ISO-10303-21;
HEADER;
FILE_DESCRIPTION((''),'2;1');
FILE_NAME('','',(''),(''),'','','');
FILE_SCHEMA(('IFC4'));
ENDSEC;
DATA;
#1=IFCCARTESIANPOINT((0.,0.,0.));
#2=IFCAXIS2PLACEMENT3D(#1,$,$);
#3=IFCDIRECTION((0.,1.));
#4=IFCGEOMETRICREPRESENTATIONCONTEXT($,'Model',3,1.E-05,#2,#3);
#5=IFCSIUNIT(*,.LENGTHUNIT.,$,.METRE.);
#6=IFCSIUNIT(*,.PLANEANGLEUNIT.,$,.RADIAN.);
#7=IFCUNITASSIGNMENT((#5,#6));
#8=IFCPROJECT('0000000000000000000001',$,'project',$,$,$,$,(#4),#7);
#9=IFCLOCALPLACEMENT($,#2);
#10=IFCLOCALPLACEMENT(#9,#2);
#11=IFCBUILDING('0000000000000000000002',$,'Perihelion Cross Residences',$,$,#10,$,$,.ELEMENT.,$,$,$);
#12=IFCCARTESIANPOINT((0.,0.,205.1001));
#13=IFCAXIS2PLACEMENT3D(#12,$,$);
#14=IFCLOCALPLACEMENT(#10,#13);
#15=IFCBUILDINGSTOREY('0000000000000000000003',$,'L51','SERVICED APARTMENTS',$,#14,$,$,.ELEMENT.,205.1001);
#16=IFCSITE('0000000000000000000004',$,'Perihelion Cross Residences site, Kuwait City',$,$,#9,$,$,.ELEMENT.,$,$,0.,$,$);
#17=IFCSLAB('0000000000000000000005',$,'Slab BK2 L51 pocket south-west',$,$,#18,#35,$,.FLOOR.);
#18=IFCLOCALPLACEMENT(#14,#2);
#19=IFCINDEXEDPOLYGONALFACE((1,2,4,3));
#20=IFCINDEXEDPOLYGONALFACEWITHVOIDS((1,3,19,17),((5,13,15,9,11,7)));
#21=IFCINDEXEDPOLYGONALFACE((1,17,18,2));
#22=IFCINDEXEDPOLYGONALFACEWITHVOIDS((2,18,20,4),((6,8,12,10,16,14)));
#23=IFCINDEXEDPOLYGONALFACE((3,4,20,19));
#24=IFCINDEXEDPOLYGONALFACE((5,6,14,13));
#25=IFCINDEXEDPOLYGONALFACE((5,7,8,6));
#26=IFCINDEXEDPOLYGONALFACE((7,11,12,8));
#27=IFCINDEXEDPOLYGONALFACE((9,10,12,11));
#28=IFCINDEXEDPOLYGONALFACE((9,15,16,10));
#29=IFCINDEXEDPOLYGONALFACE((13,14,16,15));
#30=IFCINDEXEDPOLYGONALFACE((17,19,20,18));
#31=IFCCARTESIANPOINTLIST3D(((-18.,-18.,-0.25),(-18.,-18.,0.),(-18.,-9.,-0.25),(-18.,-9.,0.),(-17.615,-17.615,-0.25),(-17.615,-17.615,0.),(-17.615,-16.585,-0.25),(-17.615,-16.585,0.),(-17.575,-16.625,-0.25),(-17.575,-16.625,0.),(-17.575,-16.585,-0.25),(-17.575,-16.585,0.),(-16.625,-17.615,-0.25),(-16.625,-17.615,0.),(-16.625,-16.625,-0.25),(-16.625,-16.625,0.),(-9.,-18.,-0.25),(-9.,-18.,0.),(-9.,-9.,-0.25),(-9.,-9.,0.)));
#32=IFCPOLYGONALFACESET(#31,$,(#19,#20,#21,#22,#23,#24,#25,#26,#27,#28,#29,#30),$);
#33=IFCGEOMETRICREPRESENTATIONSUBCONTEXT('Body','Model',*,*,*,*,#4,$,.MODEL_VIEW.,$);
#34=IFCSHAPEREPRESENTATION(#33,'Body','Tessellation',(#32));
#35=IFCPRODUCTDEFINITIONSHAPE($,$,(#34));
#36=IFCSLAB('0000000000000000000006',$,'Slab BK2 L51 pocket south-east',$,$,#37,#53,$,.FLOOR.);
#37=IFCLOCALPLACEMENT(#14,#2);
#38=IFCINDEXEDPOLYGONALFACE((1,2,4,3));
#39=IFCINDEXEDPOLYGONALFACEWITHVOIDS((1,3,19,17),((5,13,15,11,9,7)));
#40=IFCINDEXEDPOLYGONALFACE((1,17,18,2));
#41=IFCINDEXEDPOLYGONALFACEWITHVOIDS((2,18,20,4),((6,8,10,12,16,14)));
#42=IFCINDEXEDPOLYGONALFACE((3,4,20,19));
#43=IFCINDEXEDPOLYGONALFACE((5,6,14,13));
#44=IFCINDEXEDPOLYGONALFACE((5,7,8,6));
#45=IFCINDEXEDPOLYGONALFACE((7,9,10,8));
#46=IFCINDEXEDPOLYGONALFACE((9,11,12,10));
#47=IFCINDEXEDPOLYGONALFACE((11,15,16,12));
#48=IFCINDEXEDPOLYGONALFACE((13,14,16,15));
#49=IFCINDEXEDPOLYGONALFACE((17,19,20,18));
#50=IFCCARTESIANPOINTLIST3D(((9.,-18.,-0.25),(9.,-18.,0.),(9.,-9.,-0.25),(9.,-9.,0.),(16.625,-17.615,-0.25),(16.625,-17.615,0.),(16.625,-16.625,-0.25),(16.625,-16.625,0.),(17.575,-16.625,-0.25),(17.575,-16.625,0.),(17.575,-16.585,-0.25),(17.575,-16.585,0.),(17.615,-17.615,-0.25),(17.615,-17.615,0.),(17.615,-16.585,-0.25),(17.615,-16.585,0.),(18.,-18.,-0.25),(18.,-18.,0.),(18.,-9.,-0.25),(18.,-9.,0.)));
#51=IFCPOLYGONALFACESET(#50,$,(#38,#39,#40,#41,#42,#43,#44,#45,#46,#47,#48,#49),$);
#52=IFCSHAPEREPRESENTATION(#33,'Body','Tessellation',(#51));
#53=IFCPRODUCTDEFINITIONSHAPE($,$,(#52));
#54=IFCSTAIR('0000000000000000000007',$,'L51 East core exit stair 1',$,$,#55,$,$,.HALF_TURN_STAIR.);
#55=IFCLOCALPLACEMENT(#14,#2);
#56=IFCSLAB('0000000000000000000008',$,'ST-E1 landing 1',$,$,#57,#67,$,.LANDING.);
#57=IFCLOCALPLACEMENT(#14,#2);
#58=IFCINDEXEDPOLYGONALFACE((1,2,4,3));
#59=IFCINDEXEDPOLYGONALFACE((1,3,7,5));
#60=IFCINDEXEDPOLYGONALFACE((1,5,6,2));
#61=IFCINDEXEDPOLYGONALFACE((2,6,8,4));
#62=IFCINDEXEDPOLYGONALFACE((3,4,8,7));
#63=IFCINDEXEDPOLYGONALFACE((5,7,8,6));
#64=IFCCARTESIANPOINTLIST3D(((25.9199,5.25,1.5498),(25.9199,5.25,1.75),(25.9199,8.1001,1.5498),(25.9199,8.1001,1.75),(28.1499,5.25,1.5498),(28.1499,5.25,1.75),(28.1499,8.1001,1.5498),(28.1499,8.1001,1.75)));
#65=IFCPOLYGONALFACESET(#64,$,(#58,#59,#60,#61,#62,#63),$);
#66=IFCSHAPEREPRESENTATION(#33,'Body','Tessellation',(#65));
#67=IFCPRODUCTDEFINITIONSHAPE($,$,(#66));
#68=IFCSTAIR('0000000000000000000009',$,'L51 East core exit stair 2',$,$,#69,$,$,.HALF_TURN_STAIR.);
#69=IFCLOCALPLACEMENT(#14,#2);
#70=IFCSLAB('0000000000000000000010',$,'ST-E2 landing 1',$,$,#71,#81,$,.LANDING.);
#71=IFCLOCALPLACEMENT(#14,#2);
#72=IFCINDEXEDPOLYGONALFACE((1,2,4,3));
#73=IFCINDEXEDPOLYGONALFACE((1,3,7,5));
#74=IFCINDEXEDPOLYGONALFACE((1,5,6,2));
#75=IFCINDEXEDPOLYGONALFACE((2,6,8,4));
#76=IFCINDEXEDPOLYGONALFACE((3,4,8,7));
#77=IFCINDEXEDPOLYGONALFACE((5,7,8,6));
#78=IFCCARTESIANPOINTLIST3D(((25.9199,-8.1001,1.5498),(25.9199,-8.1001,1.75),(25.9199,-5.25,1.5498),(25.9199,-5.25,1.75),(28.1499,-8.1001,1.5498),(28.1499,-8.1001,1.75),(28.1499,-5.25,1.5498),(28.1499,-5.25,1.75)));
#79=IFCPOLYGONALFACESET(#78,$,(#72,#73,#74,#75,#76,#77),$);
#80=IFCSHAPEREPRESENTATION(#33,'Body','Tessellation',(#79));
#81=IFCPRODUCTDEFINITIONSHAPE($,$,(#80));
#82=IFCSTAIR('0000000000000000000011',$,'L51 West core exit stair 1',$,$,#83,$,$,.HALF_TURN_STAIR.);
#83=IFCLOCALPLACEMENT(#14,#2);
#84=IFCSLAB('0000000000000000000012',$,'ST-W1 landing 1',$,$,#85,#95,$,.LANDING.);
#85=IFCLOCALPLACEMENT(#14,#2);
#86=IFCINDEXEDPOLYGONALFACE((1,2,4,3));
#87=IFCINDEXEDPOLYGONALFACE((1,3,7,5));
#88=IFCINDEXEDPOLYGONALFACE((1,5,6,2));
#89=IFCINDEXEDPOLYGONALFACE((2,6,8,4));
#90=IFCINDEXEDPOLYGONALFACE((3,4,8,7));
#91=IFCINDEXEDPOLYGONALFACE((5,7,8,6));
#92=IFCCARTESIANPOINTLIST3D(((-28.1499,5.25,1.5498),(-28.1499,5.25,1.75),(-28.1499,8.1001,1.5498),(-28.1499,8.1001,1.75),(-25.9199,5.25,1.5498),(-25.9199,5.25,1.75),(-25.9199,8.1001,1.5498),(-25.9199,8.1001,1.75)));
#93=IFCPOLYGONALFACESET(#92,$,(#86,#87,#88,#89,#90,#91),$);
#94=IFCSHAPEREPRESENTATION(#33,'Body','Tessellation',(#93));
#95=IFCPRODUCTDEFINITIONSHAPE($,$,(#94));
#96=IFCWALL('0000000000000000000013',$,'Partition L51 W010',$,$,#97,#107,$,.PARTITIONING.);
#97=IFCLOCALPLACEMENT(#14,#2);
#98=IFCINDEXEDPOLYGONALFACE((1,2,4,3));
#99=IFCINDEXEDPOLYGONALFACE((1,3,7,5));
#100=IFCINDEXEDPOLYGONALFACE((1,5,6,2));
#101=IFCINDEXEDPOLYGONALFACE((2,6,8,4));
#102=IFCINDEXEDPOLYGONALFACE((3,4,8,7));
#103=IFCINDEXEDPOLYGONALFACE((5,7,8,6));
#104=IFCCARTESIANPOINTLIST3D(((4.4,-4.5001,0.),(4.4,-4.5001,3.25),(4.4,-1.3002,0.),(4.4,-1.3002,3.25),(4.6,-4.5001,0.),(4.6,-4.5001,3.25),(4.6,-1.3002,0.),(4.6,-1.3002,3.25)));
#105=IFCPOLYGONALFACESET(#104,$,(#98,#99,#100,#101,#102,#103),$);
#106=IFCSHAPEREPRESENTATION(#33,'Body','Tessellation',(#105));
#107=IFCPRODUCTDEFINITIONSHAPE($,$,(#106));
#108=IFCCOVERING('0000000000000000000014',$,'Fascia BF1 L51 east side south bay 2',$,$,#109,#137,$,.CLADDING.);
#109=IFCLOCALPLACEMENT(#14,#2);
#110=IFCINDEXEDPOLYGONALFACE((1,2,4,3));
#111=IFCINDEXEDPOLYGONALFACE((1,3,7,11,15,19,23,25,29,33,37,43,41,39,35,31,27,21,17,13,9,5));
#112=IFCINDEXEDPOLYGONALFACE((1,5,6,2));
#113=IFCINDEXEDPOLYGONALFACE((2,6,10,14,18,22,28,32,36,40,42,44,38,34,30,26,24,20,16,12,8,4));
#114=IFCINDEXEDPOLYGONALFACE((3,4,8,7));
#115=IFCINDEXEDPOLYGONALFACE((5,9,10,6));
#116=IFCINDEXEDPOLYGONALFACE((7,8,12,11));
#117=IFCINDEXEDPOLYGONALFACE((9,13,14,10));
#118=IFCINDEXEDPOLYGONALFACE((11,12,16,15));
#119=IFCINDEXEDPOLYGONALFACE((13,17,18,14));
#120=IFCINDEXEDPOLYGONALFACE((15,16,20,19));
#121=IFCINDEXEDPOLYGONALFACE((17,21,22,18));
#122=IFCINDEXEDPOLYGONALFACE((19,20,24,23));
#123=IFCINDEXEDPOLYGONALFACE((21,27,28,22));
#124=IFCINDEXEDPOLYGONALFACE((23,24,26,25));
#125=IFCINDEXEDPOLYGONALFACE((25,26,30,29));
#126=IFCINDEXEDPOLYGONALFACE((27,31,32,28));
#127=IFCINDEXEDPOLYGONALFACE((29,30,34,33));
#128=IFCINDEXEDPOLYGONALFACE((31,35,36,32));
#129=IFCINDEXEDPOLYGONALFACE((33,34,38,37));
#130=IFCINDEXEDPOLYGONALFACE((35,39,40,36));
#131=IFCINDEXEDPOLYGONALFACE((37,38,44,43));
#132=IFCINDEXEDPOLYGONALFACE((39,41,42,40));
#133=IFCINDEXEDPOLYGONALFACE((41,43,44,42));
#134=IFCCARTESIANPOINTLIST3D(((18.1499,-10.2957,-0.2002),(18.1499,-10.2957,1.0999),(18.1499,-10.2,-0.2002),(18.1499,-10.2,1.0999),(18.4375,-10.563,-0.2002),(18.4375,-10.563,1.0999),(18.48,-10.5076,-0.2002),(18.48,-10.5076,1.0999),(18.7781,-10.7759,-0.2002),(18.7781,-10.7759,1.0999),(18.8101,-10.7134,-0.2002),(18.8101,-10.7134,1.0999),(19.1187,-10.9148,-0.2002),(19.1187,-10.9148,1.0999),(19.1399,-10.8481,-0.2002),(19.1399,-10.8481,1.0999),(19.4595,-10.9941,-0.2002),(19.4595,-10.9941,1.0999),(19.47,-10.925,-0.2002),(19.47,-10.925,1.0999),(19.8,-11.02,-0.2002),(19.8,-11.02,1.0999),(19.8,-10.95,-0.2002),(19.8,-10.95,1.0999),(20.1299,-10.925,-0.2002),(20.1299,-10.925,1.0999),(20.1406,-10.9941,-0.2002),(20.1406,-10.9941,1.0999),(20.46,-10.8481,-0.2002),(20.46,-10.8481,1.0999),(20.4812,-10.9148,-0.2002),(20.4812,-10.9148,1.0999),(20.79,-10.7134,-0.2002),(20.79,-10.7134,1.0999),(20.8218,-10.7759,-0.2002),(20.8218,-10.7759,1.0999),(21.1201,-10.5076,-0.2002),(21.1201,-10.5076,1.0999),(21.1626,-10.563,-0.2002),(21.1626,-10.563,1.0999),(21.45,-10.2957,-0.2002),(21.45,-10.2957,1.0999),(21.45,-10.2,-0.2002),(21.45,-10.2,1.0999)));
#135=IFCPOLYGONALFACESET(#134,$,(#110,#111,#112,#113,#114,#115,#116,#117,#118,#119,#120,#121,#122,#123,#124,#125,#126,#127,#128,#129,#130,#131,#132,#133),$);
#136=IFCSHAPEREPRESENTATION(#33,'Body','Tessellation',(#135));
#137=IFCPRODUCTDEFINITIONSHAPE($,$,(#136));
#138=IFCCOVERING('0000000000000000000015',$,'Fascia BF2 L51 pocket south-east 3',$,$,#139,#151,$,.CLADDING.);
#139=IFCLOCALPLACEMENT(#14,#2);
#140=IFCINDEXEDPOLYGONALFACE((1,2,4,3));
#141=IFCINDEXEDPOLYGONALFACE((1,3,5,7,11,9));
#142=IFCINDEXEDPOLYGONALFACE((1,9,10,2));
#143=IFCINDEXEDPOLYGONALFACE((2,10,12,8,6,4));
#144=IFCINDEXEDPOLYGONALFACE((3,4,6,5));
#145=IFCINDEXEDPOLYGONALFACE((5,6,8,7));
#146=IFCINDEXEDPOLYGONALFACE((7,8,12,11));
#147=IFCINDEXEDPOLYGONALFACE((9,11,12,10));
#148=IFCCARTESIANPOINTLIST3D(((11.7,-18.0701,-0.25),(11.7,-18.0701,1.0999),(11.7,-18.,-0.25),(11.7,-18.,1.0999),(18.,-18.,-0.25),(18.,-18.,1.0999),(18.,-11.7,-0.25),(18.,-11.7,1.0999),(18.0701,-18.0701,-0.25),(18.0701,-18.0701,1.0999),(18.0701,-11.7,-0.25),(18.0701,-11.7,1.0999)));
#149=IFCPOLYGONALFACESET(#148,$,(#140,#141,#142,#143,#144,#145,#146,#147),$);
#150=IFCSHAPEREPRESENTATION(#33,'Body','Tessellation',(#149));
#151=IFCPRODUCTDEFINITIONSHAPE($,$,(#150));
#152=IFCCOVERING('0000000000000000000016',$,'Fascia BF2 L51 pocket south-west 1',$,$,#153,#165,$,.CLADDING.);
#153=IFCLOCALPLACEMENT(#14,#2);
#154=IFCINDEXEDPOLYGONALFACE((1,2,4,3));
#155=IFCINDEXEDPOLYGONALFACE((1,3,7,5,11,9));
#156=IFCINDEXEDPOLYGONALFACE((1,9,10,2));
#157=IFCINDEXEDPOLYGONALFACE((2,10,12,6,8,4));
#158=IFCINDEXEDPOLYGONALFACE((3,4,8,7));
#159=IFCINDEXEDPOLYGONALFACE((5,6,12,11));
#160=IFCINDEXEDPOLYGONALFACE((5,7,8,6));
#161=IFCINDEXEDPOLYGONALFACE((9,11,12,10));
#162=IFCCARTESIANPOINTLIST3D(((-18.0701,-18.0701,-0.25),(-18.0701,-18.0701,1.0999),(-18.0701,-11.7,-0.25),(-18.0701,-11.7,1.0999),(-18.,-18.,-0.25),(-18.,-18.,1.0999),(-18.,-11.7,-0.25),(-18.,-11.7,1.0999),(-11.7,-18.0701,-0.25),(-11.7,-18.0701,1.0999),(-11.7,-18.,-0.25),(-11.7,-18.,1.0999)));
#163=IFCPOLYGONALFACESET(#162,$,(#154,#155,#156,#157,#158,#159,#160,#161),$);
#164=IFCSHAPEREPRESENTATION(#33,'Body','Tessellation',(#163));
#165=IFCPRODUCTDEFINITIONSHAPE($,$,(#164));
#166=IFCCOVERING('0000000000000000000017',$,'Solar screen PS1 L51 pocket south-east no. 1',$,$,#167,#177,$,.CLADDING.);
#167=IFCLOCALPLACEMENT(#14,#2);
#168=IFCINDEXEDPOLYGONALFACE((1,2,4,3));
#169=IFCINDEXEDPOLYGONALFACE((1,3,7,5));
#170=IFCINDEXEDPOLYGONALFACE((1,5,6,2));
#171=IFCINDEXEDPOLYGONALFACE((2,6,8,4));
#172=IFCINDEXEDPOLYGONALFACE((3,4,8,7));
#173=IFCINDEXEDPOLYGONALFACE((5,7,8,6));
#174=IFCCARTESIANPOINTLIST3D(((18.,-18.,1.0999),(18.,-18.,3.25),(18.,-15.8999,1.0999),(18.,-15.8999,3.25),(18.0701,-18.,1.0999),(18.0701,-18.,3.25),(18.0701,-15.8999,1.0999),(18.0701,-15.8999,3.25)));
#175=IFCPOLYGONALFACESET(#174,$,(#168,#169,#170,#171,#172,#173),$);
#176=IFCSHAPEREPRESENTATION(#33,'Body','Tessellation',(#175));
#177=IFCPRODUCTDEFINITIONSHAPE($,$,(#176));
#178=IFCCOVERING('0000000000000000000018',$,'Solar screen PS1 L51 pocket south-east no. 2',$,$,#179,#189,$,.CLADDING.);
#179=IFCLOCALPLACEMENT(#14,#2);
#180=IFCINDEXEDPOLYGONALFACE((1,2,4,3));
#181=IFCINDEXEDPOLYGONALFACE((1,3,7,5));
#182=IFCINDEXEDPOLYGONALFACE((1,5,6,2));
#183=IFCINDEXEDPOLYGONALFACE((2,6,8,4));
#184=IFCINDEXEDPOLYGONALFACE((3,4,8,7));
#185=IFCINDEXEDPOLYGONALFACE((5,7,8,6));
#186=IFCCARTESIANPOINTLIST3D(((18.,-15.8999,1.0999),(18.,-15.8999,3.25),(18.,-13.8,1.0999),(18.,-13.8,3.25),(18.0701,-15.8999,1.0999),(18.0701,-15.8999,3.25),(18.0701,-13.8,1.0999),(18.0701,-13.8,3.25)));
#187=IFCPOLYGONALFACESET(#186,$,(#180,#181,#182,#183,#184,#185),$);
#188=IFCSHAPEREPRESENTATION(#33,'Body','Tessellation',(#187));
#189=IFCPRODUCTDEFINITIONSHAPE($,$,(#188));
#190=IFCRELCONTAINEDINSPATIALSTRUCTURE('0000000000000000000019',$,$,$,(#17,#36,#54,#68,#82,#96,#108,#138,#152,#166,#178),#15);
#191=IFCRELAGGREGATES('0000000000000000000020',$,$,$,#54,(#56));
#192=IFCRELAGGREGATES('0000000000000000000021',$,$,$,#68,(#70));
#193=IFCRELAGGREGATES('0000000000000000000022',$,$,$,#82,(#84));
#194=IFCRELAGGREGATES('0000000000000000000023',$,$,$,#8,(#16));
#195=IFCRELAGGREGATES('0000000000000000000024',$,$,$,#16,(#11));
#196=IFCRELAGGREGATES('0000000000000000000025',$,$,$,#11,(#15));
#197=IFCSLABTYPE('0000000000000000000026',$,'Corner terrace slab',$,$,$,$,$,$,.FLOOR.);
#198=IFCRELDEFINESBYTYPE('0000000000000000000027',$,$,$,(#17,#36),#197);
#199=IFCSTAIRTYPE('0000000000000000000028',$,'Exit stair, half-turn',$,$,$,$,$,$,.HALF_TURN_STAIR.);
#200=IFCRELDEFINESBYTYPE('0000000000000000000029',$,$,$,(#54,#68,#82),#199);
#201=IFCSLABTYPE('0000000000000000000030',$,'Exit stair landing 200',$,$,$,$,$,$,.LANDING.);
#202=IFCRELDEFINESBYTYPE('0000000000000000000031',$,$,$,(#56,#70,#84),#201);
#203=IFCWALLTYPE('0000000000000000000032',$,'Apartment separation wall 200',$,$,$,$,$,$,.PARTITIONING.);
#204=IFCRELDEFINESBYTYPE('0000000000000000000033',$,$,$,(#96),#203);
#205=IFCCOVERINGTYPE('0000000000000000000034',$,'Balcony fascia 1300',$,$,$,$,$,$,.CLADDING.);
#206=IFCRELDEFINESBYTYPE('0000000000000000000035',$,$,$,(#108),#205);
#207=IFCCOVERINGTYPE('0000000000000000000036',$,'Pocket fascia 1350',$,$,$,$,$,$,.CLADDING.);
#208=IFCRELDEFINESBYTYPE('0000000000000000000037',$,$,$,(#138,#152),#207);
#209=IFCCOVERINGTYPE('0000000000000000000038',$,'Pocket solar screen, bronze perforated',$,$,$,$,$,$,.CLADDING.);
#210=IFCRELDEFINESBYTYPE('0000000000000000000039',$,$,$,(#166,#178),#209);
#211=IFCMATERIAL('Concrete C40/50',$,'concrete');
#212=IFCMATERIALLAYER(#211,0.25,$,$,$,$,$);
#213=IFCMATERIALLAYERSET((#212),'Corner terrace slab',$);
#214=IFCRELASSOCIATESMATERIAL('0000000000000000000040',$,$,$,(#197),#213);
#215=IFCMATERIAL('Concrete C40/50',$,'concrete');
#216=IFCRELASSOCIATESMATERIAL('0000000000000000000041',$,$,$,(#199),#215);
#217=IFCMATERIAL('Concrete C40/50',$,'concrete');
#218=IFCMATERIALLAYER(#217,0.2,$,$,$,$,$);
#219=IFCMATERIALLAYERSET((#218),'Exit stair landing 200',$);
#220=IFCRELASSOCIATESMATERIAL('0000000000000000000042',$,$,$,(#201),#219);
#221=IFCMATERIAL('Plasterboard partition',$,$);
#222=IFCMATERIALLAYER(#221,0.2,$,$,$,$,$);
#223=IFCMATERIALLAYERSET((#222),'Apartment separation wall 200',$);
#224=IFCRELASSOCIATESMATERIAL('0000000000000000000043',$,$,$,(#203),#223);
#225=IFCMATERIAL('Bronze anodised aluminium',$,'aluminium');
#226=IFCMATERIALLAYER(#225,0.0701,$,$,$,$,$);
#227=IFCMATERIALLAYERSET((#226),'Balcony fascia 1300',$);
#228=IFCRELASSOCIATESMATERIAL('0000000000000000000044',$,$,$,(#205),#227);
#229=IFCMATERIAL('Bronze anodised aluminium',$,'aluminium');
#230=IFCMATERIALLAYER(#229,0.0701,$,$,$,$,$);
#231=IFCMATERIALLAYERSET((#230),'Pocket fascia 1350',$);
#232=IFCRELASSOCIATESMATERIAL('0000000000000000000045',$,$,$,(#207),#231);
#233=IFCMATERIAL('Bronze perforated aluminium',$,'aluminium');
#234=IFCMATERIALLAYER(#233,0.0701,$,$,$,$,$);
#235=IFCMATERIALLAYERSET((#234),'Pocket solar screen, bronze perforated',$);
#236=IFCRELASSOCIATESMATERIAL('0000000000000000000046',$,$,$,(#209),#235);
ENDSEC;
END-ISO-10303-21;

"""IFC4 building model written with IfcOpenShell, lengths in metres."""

from ifc_helpers import new_model, si_unit, direction, frame, frame_2d, origin, place, context, subcontext, project, spatial, polyline, rectangle, outline, extrude, material, layer, layer_set, type_object, element, aggregate, save


model = new_model("IFC4")

# Units and contexts
model_context = context("Model", 3, precision=1e-05, world=origin(), true_north=direction((0.0, 1.0)))
body_context = subcontext(model_context, "Body", "Model", "MODEL_VIEW")
ifc_project = project(units=[si_unit("LENGTHUNIT", "METRE"), si_unit("PLANEANGLEUNIT", "RADIAN")], contexts=[model_context])

# Site, building, storey
site_placement = place(None, origin())
site = spatial("IfcSite", under=ifc_project, at=site_placement, Name="Perihelion Cross Residences site, Kuwait City", CompositionType="ELEMENT", RefElevation=0.0)
building_placement = place(site_placement, origin())
building = spatial("IfcBuilding", under=site, at=building_placement, Name="Perihelion Cross Residences", CompositionType="ELEMENT")
storey_placement = place(building_placement, frame((0.0, 0.0, 205.1001)))
storey = spatial("IfcBuildingStorey", under=building, at=storey_placement, Name="L51", Description="SERVICED APARTMENTS", CompositionType="ELEMENT", Elevation=205.1001)

# Slabs
ifc_material_1 = material(Name="Concrete C40/50", Category="concrete")
ifc_layer_1 = layer(ifc_material_1, 0.25)
ifc_layer_set_1 = layer_set([ifc_layer_1], Name="Corner terrace slab")
slab_type_1 = type_object("IfcSlabType", Name="Corner terrace slab", PredefinedType="FLOOR", material=ifc_layer_set_1)
slab_1_placement = place(storey_placement, frame((0.0, 0.0, -0.25)))
element("IfcSlab", 1, at=slab_1_placement, inside=storey, type_object=slab_type_1, Name="Slab BK2 L51 pocket south-west", PredefinedType="FLOOR", context=body_context, shape_type="SweptSolid", body=[
    extrude(outline(polyline([(-9.0, -18.0), (-9.0, -9.0), (-18.0, -9.0), (-18.0, -18.0), (-9.0, -18.0)]), holes=[polyline([(-16.625, -17.615), (-17.615, -17.615), (-17.615, -16.585), (-17.575, -16.585), (-17.575, -16.625), (-16.625, -16.625), (-16.625, -17.615)])]), origin(), (0.0, 0.0, 1.0), 0.25),
])
slab_2_placement = place(storey_placement, frame((0.0, 0.0, -0.25)))
element("IfcSlab", 2, at=slab_2_placement, inside=storey, type_object=slab_type_1, Name="Slab BK2 L51 pocket south-east", PredefinedType="FLOOR", context=body_context, shape_type="SweptSolid", body=[
    extrude(outline(polyline([(18.0, -18.0), (18.0, -9.0), (9.0, -9.0), (9.0, -18.0), (18.0, -18.0)]), holes=[polyline([(16.625, -17.615), (16.625, -16.625), (17.575, -16.625), (17.575, -16.585), (17.615, -16.585), (17.615, -17.615), (16.625, -17.615)])]), origin(), (0.0, 0.0, 1.0), 0.25),
])

# Stairs, slabs
ifc_material_2 = material(Name="Concrete C40/50", Category="concrete")
stair_type = type_object("IfcStairType", Name="Exit stair, half-turn", PredefinedType="HALF_TURN_STAIR", material=ifc_material_2)
stair_1_placement = place(storey_placement, origin())
stair_1 = element("IfcStair", 3, at=stair_1_placement, inside=storey, type_object=stair_type, Name="L51 East core exit stair 1", PredefinedType="HALF_TURN_STAIR")
ifc_material_3 = material(Name="Concrete C40/50", Category="concrete")
ifc_layer_2 = layer(ifc_material_3, 0.2)
ifc_layer_set_2 = layer_set([ifc_layer_2], Name="Exit stair landing 200")
slab_type_2 = type_object("IfcSlabType", Name="Exit stair landing 200", PredefinedType="LANDING", material=ifc_layer_set_2)
slab_3_placement = place(storey_placement, frame((0.0, 0.0, 1.5498)))
slab_3 = element("IfcSlab", 4, at=slab_3_placement, type_object=slab_type_2, Name="ST-E1 landing 1", PredefinedType="LANDING", context=body_context, shape_type="SweptSolid", body=[
    extrude(outline(polyline([(25.9199, 5.25), (28.1499, 5.25), (28.1499, 8.1001), (25.9199, 8.1001), (25.9199, 5.25)])), origin(), (0.0, 0.0, 1.0), 0.2002),
])
aggregate(stair_1, [slab_3])
stair_2_placement = place(storey_placement, origin())
stair_2 = element("IfcStair", 5, at=stair_2_placement, inside=storey, type_object=stair_type, Name="L51 East core exit stair 2", PredefinedType="HALF_TURN_STAIR")
slab_4_placement = place(storey_placement, frame((0.0, 0.0, 1.5498)))
slab_4 = element("IfcSlab", 6, at=slab_4_placement, type_object=slab_type_2, Name="ST-E2 landing 1", PredefinedType="LANDING", context=body_context, shape_type="SweptSolid", body=[
    extrude(outline(polyline([(25.9199, -8.1001), (28.1499, -8.1001), (28.1499, -5.25), (25.9199, -5.25), (25.9199, -8.1001)])), origin(), (0.0, 0.0, 1.0), 0.2002),
])
aggregate(stair_2, [slab_4])
stair_3_placement = place(storey_placement, origin())
stair_3 = element("IfcStair", 7, at=stair_3_placement, inside=storey, type_object=stair_type, Name="L51 West core exit stair 1", PredefinedType="HALF_TURN_STAIR")
slab_5_placement = place(storey_placement, frame((0.0, 0.0, 1.5498)))
slab_5 = element("IfcSlab", 8, at=slab_5_placement, type_object=slab_type_2, Name="ST-W1 landing 1", PredefinedType="LANDING", context=body_context, shape_type="SweptSolid", body=[
    extrude(outline(polyline([(-25.9199, 8.1001), (-28.1499, 8.1001), (-28.1499, 5.25), (-25.9199, 5.25), (-25.9199, 8.1001)])), origin(), (0.0, 0.0, 1.0), 0.2002),
])
aggregate(stair_3, [slab_5])

# Wall
ifc_material_4 = material(Name="Plasterboard partition")
ifc_layer_3 = layer(ifc_material_4, 0.2)
ifc_layer_set_3 = layer_set([ifc_layer_3], Name="Apartment separation wall 200")
wall_type = type_object("IfcWallType", Name="Apartment separation wall 200", PredefinedType="PARTITIONING", material=ifc_layer_set_3)
wall_placement = place(storey_placement, frame((4.5, -1.3, 0.0), z_axis=(0.0, 0.0, 1.0), x_axis=(0.0, -1.0, 0.0)))
element("IfcWall", 9, at=wall_placement, inside=storey, type_object=wall_type, Name="Partition L51 W010", PredefinedType="PARTITIONING", context=body_context, shape_type="SweptSolid", body=[
    extrude(rectangle(XDim=3.2, YDim=0.2, at=frame_2d((1.6001, 0.0))), origin(), (0.0, 0.0, 1.0), 3.25),
])

# Coverings
ifc_material_5 = material(Name="Bronze anodised aluminium", Category="aluminium")
ifc_layer_4 = layer(ifc_material_5, 0.0701)
ifc_layer_set_4 = layer_set([ifc_layer_4], Name="Balcony fascia 1300")
covering_type_1 = type_object("IfcCoveringType", Name="Balcony fascia 1300", PredefinedType="CLADDING", material=ifc_layer_set_4)
covering_1_placement = place(storey_placement, frame((0.0, 0.0, -0.2002)))
element("IfcCovering", 10, at=covering_1_placement, inside=storey, type_object=covering_type_1, Name="Fascia BF1 L51 east side south bay 2", PredefinedType="CLADDING", context=body_context, shape_type="SweptSolid", body=[
    extrude(outline(polyline([(18.4375, -10.563), (18.7781, -10.7759), (19.1187, -10.9148), (19.4595, -10.9941), (19.8, -11.02), (20.1406, -10.9941), (20.4812, -10.9148), (20.8218, -10.7759), (21.1626, -10.563), (21.45, -10.2957), (21.45, -10.2), (21.1201, -10.5076), (20.79, -10.7134), (20.46, -10.8481), (20.1299, -10.925), (19.8, -10.95), (19.47, -10.925), (19.1399, -10.8481), (18.8101, -10.7134), (18.48, -10.5076), (18.1499, -10.2), (18.1499, -10.2957), (18.4375, -10.563)])), origin(), (0.0, 0.0, 1.0), 1.3),
])
ifc_material_6 = material(Name="Bronze anodised aluminium", Category="aluminium")
ifc_layer_5 = layer(ifc_material_6, 0.0701)
ifc_layer_set_5 = layer_set([ifc_layer_5], Name="Pocket fascia 1350")
covering_type_2 = type_object("IfcCoveringType", Name="Pocket fascia 1350", PredefinedType="CLADDING", material=ifc_layer_set_5)
covering_2_placement = place(storey_placement, frame((0.0, 0.0, -0.25)))
element("IfcCovering", 11, at=covering_2_placement, inside=storey, type_object=covering_type_2, Name="Fascia BF2 L51 pocket south-east 3", PredefinedType="CLADDING", context=body_context, shape_type="SweptSolid", body=[
    extrude(outline(polyline([(18.0701, -18.0701), (18.0701, -11.7), (18.0, -11.7), (18.0, -18.0), (11.7, -18.0), (11.7, -18.0701), (18.0701, -18.0701)])), origin(), (0.0, 0.0, 1.0), 1.3499),
])
covering_3_placement = place(storey_placement, frame((0.0, 0.0, -0.25)))
element("IfcCovering", 12, at=covering_3_placement, inside=storey, type_object=covering_type_2, Name="Fascia BF2 L51 pocket south-west 1", PredefinedType="CLADDING", context=body_context, shape_type="SweptSolid", body=[
    extrude(outline(polyline([(-18.0701, -11.7), (-18.0701, -18.0701), (-11.7, -18.0701), (-11.7, -18.0), (-18.0, -18.0), (-18.0, -11.7), (-18.0701, -11.7)])), origin(), (0.0, 0.0, 1.0), 1.3499),
])
ifc_material_7 = material(Name="Bronze perforated aluminium", Category="aluminium")
ifc_layer_6 = layer(ifc_material_7, 0.0701)
ifc_layer_set_6 = layer_set([ifc_layer_6], Name="Pocket solar screen, bronze perforated")
covering_type_3 = type_object("IfcCoveringType", Name="Pocket solar screen, bronze perforated", PredefinedType="CLADDING", material=ifc_layer_set_6)
covering_4_placement = place(storey_placement, frame((0.0, 0.0, 1.0999)))
element("IfcCovering", 13, at=covering_4_placement, inside=storey, type_object=covering_type_3, Name="Solar screen PS1 L51 pocket south-east no. 1", PredefinedType="CLADDING", context=body_context, shape_type="SweptSolid", body=[
    extrude(outline(polyline([(18.0701, -18.0), (18.0701, -15.8999), (18.0, -15.8999), (18.0, -18.0), (18.0701, -18.0)])), origin(), (0.0, 0.0, 1.0), 2.1501),
])
covering_5_placement = place(storey_placement, frame((0.0, 0.0, 1.0999)))
element("IfcCovering", 14, at=covering_5_placement, inside=storey, type_object=covering_type_3, Name="Solar screen PS1 L51 pocket south-east no. 2", PredefinedType="CLADDING", context=body_context, shape_type="SweptSolid", body=[
    extrude(outline(polyline([(18.0701, -15.8999), (18.0701, -13.8), (18.0, -13.8), (18.0, -15.8999), (18.0701, -15.8999)])), origin(), (0.0, 0.0, 1.0), 2.1501),
])

save(model, "model.ifc")
